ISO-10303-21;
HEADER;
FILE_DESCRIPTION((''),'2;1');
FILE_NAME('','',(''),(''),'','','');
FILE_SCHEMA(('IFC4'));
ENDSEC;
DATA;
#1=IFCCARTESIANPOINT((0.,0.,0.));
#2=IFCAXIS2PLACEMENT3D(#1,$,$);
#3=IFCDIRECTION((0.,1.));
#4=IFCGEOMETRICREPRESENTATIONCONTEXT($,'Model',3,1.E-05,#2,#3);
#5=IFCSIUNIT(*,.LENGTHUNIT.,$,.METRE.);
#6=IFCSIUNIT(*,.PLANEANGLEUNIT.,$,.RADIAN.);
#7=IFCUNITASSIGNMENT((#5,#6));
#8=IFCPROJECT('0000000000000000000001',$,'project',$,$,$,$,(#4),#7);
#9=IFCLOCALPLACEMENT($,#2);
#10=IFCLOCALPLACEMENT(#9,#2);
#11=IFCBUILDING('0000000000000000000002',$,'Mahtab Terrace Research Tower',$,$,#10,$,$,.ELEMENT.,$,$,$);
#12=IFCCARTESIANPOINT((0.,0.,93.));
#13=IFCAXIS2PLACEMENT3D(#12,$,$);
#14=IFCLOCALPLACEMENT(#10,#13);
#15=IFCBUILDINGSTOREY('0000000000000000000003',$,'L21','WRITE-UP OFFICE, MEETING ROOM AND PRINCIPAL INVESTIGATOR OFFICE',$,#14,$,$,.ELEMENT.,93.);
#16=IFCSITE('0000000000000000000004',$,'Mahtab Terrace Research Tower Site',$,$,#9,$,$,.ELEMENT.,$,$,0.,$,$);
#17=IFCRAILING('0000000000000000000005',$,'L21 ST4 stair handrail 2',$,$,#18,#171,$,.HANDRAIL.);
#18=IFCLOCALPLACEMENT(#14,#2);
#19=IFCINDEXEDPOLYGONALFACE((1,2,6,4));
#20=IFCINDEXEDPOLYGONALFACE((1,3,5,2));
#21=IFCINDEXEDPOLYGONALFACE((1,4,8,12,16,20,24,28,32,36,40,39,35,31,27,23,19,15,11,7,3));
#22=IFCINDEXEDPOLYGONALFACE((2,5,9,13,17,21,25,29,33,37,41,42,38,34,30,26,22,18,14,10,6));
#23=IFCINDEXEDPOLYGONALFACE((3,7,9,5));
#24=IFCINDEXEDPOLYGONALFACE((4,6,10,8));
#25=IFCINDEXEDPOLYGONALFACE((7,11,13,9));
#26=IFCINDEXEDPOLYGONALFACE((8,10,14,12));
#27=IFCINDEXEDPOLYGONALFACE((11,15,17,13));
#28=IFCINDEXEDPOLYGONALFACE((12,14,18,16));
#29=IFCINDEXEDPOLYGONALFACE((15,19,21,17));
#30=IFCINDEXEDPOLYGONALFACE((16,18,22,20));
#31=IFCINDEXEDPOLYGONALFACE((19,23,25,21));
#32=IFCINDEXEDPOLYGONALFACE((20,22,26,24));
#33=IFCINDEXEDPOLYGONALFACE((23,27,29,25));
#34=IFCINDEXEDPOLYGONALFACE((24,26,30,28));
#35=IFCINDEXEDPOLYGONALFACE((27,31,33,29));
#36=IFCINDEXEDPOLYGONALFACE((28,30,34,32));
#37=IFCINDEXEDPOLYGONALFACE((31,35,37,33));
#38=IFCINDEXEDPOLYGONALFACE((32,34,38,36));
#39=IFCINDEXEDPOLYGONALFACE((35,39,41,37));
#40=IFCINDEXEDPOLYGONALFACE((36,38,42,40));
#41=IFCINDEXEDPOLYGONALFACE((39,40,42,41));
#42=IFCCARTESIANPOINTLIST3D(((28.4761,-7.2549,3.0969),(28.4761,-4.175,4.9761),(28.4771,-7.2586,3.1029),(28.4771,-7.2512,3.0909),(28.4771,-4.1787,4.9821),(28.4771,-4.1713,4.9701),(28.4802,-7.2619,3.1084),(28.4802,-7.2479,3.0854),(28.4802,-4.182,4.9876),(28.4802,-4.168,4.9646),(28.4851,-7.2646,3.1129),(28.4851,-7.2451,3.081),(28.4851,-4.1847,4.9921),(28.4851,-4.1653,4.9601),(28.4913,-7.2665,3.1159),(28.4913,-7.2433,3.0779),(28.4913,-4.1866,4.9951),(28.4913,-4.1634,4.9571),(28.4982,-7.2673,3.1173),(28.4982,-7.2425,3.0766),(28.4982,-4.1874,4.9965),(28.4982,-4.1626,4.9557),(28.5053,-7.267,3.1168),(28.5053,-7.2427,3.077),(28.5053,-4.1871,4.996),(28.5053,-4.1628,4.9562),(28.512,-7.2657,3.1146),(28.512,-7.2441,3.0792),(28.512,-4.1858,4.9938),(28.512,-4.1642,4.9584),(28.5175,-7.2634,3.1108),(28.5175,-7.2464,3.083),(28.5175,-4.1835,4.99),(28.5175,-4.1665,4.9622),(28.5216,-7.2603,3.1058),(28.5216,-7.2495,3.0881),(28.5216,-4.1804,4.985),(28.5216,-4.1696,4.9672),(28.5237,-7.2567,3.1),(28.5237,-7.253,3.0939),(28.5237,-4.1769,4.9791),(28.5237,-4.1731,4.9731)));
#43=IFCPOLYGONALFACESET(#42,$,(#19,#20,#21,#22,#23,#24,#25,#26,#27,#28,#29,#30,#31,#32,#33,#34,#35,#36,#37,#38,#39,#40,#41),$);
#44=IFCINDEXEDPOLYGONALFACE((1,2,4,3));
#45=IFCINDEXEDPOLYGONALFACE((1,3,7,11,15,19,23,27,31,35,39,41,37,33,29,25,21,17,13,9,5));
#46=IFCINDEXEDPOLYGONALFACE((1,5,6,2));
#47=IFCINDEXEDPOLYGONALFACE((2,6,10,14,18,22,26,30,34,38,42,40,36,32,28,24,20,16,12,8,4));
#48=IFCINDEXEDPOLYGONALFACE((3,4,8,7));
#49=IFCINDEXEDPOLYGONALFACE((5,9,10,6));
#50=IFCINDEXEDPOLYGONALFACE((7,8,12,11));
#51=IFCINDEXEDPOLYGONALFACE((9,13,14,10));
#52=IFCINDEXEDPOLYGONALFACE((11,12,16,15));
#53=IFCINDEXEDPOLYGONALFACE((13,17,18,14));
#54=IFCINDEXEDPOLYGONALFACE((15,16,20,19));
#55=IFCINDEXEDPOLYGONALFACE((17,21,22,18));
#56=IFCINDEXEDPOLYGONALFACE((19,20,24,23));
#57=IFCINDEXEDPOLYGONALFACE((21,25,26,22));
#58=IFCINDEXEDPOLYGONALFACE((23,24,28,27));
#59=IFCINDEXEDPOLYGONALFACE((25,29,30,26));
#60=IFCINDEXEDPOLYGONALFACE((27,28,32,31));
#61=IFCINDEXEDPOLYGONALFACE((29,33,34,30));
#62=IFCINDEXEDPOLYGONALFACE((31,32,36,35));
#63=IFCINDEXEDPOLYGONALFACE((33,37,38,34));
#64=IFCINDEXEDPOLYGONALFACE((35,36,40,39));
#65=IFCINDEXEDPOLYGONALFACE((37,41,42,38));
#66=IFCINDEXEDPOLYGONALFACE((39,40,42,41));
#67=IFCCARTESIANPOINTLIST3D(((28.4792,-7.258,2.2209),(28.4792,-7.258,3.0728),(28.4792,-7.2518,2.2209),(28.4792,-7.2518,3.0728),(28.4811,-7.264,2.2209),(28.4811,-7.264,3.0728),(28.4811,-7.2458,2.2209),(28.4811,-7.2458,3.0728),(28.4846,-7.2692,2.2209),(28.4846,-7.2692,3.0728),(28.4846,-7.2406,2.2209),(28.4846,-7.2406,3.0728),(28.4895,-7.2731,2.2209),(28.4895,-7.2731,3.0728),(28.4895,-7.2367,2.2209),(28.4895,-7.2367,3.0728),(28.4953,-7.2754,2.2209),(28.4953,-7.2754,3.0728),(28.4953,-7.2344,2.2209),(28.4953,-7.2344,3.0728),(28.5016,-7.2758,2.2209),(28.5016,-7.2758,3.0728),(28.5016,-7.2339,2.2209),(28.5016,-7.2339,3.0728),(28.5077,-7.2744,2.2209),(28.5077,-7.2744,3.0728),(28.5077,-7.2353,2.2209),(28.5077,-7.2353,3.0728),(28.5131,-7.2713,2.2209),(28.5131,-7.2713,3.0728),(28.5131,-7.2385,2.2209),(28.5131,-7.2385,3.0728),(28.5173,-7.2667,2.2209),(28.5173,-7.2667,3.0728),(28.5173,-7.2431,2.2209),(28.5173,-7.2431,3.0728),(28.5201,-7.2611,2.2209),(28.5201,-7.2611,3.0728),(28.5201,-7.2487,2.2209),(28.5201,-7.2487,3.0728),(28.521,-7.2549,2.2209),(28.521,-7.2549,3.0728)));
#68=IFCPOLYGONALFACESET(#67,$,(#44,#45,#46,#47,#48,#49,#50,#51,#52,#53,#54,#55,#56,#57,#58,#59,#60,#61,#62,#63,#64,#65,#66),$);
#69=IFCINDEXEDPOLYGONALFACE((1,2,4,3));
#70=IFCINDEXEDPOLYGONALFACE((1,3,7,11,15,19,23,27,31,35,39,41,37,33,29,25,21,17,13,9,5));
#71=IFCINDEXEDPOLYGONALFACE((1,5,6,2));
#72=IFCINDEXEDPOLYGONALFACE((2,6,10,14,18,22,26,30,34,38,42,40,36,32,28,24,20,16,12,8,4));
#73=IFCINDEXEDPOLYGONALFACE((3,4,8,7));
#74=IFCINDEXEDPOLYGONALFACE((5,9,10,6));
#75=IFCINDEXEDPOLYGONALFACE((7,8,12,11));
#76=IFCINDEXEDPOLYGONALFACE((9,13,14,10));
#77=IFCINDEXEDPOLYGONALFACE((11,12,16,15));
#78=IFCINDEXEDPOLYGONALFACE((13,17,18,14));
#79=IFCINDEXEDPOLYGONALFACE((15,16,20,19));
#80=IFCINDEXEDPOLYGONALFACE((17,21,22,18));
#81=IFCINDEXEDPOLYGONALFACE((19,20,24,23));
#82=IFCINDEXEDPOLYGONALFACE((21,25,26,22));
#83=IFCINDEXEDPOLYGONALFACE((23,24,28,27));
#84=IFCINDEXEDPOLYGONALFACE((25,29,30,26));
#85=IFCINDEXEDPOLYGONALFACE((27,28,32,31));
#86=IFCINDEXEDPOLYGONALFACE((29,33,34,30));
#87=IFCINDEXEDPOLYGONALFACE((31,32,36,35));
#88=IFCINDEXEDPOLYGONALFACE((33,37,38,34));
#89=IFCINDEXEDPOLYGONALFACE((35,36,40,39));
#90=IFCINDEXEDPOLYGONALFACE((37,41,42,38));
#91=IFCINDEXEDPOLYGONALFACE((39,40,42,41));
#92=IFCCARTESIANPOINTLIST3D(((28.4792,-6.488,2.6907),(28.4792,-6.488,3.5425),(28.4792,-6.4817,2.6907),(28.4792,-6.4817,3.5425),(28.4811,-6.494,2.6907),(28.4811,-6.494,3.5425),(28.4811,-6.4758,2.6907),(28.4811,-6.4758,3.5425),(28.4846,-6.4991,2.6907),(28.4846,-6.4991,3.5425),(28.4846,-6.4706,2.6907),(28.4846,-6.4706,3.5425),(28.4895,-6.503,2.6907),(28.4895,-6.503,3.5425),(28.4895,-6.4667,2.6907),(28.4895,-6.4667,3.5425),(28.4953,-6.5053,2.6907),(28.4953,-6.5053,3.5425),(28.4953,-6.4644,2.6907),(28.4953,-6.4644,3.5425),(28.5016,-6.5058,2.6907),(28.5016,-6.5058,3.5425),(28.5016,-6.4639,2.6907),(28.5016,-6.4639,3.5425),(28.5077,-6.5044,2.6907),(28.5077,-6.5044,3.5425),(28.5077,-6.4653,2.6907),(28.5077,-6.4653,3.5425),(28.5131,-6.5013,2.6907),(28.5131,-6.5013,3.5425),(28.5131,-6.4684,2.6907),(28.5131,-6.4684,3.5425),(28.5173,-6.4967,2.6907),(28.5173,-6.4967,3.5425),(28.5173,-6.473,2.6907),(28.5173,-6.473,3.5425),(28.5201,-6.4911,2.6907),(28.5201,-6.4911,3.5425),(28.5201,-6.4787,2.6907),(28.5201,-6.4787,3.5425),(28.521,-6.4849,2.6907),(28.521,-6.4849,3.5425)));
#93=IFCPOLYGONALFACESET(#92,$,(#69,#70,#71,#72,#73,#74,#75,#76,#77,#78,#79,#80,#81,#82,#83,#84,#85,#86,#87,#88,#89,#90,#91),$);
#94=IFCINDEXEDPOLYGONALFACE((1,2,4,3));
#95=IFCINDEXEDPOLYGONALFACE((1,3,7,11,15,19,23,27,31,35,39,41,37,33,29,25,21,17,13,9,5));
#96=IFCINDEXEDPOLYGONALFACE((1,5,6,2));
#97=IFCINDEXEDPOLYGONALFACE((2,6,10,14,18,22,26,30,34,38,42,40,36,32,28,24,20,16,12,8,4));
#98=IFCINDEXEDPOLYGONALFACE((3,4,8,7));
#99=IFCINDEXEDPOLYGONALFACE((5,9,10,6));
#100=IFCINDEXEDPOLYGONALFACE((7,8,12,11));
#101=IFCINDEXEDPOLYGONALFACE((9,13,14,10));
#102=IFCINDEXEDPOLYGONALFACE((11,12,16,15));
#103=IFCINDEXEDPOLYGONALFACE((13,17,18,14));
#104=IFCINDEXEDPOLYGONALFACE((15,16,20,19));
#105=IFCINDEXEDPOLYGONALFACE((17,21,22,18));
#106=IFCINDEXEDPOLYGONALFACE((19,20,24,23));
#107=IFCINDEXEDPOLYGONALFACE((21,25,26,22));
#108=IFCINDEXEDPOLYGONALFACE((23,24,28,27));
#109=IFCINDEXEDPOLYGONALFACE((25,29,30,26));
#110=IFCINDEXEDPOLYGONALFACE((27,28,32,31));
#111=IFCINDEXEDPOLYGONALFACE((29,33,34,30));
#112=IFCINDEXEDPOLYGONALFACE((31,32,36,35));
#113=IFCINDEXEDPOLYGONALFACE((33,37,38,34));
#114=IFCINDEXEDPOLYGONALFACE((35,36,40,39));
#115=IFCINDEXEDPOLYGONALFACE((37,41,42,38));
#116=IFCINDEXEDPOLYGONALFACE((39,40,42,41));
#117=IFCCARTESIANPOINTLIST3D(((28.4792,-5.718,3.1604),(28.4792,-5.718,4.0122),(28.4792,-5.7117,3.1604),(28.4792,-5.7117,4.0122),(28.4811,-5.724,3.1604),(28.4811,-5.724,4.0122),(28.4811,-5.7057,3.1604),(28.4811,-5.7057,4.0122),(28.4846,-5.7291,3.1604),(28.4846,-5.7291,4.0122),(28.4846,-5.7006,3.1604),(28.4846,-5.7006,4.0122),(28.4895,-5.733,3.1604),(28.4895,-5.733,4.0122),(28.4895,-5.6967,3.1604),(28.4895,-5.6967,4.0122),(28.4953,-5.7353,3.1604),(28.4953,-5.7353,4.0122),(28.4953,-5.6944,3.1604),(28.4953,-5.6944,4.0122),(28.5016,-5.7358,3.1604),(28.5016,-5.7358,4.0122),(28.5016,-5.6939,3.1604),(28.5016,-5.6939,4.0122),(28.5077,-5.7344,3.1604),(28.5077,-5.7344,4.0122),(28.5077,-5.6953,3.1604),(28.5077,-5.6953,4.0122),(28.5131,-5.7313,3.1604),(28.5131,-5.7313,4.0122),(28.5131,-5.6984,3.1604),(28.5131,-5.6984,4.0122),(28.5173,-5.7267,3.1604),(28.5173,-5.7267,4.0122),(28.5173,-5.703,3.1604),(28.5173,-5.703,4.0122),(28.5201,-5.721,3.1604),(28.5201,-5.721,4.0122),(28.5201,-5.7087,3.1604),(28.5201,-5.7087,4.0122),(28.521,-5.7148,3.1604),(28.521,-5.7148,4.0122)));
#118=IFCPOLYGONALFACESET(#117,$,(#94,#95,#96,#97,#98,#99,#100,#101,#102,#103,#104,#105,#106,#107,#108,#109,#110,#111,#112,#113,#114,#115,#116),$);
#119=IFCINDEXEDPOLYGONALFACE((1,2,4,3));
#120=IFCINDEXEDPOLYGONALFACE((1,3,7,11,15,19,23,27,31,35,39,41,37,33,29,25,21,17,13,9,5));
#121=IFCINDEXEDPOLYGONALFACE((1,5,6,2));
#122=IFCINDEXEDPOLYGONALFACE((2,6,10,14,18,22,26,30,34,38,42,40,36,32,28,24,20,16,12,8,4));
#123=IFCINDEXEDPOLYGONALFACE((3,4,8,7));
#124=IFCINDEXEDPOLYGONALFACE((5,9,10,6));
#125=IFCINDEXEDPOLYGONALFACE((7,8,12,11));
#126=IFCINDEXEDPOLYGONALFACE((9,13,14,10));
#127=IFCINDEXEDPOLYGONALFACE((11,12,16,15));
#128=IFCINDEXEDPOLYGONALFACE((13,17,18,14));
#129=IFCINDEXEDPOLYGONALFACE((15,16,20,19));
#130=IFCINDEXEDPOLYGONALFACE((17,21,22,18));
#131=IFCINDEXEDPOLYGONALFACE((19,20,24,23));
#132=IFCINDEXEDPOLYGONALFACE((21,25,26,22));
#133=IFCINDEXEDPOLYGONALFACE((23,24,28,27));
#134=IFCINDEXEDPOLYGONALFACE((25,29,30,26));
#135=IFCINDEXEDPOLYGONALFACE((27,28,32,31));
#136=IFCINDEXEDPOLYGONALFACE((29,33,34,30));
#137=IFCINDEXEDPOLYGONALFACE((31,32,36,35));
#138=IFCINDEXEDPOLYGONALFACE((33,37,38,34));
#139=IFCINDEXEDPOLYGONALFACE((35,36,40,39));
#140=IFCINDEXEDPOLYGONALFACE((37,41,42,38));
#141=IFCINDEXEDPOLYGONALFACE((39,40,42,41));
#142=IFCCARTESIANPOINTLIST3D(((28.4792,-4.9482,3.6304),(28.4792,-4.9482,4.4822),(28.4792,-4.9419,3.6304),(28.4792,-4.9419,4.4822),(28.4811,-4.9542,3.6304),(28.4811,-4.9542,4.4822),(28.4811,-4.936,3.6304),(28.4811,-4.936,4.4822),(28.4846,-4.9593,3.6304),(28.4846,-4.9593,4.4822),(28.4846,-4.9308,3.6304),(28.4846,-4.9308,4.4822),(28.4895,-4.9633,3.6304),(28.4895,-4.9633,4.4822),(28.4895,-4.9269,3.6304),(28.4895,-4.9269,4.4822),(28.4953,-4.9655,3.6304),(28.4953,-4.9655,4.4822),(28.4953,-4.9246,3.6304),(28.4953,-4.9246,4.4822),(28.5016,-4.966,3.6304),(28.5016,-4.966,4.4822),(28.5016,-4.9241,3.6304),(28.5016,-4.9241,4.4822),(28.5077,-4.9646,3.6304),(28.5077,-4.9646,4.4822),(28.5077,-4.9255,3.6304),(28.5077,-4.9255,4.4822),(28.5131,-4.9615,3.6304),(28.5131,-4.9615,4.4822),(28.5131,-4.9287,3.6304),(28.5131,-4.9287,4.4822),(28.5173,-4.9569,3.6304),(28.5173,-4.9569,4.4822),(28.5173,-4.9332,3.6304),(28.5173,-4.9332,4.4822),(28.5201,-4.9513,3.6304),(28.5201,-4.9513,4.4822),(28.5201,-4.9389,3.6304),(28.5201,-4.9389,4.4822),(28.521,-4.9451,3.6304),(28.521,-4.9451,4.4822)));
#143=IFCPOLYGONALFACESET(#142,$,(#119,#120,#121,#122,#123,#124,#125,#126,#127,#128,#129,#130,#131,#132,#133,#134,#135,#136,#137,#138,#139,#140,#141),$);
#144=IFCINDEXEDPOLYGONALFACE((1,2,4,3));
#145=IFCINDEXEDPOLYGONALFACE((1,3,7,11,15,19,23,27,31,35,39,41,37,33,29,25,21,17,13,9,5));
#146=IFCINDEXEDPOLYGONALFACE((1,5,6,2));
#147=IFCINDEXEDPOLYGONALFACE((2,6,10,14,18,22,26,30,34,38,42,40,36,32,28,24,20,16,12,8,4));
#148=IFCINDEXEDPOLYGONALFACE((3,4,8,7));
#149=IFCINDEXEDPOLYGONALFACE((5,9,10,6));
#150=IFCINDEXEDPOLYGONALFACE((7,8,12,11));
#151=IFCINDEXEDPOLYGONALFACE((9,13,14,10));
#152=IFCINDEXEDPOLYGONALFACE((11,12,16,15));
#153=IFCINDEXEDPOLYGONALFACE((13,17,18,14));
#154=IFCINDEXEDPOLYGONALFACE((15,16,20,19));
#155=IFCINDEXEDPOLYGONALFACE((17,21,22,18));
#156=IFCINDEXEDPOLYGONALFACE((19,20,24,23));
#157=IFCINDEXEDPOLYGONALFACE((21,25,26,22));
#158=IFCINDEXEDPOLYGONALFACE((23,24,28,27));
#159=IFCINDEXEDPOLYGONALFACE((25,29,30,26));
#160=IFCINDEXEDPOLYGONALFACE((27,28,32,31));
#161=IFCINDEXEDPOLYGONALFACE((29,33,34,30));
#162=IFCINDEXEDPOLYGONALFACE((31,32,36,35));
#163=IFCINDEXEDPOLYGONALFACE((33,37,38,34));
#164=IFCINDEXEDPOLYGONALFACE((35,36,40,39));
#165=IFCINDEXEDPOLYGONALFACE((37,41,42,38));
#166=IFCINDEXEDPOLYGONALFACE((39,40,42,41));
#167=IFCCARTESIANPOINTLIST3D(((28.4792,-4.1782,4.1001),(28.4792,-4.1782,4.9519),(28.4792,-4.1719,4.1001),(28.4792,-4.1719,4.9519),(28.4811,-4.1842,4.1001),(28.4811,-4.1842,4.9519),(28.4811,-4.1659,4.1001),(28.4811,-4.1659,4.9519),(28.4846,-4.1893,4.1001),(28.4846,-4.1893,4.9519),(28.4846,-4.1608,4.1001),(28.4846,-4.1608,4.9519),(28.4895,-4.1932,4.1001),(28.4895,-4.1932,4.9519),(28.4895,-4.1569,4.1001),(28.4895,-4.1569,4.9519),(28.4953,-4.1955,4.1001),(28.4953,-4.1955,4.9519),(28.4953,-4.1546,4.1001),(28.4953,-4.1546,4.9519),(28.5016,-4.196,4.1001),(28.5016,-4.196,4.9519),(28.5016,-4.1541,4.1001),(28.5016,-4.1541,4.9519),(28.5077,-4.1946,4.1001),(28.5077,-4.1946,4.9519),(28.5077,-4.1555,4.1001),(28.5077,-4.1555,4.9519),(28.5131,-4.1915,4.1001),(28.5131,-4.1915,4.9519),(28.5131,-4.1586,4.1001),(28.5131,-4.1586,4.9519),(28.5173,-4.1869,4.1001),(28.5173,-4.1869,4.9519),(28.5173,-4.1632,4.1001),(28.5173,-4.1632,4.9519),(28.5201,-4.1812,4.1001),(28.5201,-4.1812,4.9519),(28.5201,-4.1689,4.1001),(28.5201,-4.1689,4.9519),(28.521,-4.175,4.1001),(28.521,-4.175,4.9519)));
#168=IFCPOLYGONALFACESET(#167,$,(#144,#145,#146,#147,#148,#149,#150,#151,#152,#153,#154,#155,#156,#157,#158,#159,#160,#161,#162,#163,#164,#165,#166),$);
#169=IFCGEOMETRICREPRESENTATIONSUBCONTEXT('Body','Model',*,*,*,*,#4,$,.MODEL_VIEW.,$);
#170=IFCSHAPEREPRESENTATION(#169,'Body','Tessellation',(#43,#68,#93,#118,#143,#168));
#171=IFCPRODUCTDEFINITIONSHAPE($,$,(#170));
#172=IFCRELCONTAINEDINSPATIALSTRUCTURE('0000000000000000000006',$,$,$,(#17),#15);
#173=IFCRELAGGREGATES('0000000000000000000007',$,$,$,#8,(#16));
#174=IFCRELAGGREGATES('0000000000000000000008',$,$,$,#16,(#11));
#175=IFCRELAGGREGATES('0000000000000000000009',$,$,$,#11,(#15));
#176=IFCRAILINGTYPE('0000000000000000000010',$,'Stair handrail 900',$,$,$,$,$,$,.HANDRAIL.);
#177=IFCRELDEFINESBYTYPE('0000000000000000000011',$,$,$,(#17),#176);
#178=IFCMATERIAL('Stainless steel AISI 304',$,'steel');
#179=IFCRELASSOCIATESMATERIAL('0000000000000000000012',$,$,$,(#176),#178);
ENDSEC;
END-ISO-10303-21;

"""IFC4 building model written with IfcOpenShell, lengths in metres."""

from ifc_helpers import new_model, si_unit, direction, frame, origin, origin_2d, place, context, subcontext, project, spatial, circle, extrude, material, type_object, element, save


model = new_model("IFC4")

# Units and contexts
model_context = context("Model", 3, precision=1e-05, world=origin(), true_north=direction((0.0, 1.0)))
body_context = subcontext(model_context, "Body", "Model", "MODEL_VIEW")
ifc_project = project(units=[si_unit("LENGTHUNIT", "METRE"), si_unit("PLANEANGLEUNIT", "RADIAN")], contexts=[model_context])

# Site, building, storey
site_placement = place(None, origin())
site = spatial("IfcSite", under=ifc_project, at=site_placement, Name="Mahtab Terrace Research Tower Site", CompositionType="ELEMENT", RefElevation=0.0)
building_placement = place(site_placement, origin())
building = spatial("IfcBuilding", under=site, at=building_placement, Name="Mahtab Terrace Research Tower", CompositionType="ELEMENT")
storey_placement = place(building_placement, frame((0.0, 0.0, 93.0)))
storey = spatial("IfcBuildingStorey", under=building, at=storey_placement, Name="L21", Description="WRITE-UP OFFICE, MEETING ROOM AND PRINCIPAL INVESTIGATOR OFFICE", CompositionType="ELEMENT", Elevation=93.0)

# Railing
ifc_material_1 = material(Name="Stainless steel AISI 304", Category="steel")
railing_type_1 = type_object("IfcRailingType", Name="Stair handrail 900", PredefinedType="HANDRAIL", material=ifc_material_1)
railing_1_placement = place(storey_placement, frame((28.5, -7.2549, 2.2209)))
element("IfcRailing", 1, at=railing_1_placement, inside=storey, type_object=railing_type_1, Name="L21 ST4 stair handrail 2", PredefinedType="HANDRAIL", context=body_context, shape_type="SweptSolid", body=[
    extrude(circle(Radius=0.0239, at=origin_2d()), frame((0.0, 0.0, 0.876), z_axis=(0.0, 0.853648, 0.52085), x_axis=(-1.0, 0.0, 0.0)), (0.0, 0.0, 1.0), 3.6079),
    extrude(circle(Radius=0.021, at=origin_2d()), origin(), (0.0, 0.0, 1.0), 0.8518),
    extrude(circle(Radius=0.021, at=origin_2d()), frame((0.0, 0.77, 0.4697)), (0.0, 0.0, 1.0), 0.8518),
    extrude(circle(Radius=0.021, at=origin_2d()), frame((0.0, 1.54, 0.9395)), (0.0, 0.0, 1.0), 0.8518),
    extrude(circle(Radius=0.021, at=origin_2d()), frame((0.0, 2.3098, 1.4094)), (0.0, 0.0, 1.0), 0.8518),
    extrude(circle(Radius=0.021, at=origin_2d()), frame((0.0, 3.0798, 1.8792)), (0.0, 0.0, 1.0), 0.8518),
])

save(model, "model.ifc")
